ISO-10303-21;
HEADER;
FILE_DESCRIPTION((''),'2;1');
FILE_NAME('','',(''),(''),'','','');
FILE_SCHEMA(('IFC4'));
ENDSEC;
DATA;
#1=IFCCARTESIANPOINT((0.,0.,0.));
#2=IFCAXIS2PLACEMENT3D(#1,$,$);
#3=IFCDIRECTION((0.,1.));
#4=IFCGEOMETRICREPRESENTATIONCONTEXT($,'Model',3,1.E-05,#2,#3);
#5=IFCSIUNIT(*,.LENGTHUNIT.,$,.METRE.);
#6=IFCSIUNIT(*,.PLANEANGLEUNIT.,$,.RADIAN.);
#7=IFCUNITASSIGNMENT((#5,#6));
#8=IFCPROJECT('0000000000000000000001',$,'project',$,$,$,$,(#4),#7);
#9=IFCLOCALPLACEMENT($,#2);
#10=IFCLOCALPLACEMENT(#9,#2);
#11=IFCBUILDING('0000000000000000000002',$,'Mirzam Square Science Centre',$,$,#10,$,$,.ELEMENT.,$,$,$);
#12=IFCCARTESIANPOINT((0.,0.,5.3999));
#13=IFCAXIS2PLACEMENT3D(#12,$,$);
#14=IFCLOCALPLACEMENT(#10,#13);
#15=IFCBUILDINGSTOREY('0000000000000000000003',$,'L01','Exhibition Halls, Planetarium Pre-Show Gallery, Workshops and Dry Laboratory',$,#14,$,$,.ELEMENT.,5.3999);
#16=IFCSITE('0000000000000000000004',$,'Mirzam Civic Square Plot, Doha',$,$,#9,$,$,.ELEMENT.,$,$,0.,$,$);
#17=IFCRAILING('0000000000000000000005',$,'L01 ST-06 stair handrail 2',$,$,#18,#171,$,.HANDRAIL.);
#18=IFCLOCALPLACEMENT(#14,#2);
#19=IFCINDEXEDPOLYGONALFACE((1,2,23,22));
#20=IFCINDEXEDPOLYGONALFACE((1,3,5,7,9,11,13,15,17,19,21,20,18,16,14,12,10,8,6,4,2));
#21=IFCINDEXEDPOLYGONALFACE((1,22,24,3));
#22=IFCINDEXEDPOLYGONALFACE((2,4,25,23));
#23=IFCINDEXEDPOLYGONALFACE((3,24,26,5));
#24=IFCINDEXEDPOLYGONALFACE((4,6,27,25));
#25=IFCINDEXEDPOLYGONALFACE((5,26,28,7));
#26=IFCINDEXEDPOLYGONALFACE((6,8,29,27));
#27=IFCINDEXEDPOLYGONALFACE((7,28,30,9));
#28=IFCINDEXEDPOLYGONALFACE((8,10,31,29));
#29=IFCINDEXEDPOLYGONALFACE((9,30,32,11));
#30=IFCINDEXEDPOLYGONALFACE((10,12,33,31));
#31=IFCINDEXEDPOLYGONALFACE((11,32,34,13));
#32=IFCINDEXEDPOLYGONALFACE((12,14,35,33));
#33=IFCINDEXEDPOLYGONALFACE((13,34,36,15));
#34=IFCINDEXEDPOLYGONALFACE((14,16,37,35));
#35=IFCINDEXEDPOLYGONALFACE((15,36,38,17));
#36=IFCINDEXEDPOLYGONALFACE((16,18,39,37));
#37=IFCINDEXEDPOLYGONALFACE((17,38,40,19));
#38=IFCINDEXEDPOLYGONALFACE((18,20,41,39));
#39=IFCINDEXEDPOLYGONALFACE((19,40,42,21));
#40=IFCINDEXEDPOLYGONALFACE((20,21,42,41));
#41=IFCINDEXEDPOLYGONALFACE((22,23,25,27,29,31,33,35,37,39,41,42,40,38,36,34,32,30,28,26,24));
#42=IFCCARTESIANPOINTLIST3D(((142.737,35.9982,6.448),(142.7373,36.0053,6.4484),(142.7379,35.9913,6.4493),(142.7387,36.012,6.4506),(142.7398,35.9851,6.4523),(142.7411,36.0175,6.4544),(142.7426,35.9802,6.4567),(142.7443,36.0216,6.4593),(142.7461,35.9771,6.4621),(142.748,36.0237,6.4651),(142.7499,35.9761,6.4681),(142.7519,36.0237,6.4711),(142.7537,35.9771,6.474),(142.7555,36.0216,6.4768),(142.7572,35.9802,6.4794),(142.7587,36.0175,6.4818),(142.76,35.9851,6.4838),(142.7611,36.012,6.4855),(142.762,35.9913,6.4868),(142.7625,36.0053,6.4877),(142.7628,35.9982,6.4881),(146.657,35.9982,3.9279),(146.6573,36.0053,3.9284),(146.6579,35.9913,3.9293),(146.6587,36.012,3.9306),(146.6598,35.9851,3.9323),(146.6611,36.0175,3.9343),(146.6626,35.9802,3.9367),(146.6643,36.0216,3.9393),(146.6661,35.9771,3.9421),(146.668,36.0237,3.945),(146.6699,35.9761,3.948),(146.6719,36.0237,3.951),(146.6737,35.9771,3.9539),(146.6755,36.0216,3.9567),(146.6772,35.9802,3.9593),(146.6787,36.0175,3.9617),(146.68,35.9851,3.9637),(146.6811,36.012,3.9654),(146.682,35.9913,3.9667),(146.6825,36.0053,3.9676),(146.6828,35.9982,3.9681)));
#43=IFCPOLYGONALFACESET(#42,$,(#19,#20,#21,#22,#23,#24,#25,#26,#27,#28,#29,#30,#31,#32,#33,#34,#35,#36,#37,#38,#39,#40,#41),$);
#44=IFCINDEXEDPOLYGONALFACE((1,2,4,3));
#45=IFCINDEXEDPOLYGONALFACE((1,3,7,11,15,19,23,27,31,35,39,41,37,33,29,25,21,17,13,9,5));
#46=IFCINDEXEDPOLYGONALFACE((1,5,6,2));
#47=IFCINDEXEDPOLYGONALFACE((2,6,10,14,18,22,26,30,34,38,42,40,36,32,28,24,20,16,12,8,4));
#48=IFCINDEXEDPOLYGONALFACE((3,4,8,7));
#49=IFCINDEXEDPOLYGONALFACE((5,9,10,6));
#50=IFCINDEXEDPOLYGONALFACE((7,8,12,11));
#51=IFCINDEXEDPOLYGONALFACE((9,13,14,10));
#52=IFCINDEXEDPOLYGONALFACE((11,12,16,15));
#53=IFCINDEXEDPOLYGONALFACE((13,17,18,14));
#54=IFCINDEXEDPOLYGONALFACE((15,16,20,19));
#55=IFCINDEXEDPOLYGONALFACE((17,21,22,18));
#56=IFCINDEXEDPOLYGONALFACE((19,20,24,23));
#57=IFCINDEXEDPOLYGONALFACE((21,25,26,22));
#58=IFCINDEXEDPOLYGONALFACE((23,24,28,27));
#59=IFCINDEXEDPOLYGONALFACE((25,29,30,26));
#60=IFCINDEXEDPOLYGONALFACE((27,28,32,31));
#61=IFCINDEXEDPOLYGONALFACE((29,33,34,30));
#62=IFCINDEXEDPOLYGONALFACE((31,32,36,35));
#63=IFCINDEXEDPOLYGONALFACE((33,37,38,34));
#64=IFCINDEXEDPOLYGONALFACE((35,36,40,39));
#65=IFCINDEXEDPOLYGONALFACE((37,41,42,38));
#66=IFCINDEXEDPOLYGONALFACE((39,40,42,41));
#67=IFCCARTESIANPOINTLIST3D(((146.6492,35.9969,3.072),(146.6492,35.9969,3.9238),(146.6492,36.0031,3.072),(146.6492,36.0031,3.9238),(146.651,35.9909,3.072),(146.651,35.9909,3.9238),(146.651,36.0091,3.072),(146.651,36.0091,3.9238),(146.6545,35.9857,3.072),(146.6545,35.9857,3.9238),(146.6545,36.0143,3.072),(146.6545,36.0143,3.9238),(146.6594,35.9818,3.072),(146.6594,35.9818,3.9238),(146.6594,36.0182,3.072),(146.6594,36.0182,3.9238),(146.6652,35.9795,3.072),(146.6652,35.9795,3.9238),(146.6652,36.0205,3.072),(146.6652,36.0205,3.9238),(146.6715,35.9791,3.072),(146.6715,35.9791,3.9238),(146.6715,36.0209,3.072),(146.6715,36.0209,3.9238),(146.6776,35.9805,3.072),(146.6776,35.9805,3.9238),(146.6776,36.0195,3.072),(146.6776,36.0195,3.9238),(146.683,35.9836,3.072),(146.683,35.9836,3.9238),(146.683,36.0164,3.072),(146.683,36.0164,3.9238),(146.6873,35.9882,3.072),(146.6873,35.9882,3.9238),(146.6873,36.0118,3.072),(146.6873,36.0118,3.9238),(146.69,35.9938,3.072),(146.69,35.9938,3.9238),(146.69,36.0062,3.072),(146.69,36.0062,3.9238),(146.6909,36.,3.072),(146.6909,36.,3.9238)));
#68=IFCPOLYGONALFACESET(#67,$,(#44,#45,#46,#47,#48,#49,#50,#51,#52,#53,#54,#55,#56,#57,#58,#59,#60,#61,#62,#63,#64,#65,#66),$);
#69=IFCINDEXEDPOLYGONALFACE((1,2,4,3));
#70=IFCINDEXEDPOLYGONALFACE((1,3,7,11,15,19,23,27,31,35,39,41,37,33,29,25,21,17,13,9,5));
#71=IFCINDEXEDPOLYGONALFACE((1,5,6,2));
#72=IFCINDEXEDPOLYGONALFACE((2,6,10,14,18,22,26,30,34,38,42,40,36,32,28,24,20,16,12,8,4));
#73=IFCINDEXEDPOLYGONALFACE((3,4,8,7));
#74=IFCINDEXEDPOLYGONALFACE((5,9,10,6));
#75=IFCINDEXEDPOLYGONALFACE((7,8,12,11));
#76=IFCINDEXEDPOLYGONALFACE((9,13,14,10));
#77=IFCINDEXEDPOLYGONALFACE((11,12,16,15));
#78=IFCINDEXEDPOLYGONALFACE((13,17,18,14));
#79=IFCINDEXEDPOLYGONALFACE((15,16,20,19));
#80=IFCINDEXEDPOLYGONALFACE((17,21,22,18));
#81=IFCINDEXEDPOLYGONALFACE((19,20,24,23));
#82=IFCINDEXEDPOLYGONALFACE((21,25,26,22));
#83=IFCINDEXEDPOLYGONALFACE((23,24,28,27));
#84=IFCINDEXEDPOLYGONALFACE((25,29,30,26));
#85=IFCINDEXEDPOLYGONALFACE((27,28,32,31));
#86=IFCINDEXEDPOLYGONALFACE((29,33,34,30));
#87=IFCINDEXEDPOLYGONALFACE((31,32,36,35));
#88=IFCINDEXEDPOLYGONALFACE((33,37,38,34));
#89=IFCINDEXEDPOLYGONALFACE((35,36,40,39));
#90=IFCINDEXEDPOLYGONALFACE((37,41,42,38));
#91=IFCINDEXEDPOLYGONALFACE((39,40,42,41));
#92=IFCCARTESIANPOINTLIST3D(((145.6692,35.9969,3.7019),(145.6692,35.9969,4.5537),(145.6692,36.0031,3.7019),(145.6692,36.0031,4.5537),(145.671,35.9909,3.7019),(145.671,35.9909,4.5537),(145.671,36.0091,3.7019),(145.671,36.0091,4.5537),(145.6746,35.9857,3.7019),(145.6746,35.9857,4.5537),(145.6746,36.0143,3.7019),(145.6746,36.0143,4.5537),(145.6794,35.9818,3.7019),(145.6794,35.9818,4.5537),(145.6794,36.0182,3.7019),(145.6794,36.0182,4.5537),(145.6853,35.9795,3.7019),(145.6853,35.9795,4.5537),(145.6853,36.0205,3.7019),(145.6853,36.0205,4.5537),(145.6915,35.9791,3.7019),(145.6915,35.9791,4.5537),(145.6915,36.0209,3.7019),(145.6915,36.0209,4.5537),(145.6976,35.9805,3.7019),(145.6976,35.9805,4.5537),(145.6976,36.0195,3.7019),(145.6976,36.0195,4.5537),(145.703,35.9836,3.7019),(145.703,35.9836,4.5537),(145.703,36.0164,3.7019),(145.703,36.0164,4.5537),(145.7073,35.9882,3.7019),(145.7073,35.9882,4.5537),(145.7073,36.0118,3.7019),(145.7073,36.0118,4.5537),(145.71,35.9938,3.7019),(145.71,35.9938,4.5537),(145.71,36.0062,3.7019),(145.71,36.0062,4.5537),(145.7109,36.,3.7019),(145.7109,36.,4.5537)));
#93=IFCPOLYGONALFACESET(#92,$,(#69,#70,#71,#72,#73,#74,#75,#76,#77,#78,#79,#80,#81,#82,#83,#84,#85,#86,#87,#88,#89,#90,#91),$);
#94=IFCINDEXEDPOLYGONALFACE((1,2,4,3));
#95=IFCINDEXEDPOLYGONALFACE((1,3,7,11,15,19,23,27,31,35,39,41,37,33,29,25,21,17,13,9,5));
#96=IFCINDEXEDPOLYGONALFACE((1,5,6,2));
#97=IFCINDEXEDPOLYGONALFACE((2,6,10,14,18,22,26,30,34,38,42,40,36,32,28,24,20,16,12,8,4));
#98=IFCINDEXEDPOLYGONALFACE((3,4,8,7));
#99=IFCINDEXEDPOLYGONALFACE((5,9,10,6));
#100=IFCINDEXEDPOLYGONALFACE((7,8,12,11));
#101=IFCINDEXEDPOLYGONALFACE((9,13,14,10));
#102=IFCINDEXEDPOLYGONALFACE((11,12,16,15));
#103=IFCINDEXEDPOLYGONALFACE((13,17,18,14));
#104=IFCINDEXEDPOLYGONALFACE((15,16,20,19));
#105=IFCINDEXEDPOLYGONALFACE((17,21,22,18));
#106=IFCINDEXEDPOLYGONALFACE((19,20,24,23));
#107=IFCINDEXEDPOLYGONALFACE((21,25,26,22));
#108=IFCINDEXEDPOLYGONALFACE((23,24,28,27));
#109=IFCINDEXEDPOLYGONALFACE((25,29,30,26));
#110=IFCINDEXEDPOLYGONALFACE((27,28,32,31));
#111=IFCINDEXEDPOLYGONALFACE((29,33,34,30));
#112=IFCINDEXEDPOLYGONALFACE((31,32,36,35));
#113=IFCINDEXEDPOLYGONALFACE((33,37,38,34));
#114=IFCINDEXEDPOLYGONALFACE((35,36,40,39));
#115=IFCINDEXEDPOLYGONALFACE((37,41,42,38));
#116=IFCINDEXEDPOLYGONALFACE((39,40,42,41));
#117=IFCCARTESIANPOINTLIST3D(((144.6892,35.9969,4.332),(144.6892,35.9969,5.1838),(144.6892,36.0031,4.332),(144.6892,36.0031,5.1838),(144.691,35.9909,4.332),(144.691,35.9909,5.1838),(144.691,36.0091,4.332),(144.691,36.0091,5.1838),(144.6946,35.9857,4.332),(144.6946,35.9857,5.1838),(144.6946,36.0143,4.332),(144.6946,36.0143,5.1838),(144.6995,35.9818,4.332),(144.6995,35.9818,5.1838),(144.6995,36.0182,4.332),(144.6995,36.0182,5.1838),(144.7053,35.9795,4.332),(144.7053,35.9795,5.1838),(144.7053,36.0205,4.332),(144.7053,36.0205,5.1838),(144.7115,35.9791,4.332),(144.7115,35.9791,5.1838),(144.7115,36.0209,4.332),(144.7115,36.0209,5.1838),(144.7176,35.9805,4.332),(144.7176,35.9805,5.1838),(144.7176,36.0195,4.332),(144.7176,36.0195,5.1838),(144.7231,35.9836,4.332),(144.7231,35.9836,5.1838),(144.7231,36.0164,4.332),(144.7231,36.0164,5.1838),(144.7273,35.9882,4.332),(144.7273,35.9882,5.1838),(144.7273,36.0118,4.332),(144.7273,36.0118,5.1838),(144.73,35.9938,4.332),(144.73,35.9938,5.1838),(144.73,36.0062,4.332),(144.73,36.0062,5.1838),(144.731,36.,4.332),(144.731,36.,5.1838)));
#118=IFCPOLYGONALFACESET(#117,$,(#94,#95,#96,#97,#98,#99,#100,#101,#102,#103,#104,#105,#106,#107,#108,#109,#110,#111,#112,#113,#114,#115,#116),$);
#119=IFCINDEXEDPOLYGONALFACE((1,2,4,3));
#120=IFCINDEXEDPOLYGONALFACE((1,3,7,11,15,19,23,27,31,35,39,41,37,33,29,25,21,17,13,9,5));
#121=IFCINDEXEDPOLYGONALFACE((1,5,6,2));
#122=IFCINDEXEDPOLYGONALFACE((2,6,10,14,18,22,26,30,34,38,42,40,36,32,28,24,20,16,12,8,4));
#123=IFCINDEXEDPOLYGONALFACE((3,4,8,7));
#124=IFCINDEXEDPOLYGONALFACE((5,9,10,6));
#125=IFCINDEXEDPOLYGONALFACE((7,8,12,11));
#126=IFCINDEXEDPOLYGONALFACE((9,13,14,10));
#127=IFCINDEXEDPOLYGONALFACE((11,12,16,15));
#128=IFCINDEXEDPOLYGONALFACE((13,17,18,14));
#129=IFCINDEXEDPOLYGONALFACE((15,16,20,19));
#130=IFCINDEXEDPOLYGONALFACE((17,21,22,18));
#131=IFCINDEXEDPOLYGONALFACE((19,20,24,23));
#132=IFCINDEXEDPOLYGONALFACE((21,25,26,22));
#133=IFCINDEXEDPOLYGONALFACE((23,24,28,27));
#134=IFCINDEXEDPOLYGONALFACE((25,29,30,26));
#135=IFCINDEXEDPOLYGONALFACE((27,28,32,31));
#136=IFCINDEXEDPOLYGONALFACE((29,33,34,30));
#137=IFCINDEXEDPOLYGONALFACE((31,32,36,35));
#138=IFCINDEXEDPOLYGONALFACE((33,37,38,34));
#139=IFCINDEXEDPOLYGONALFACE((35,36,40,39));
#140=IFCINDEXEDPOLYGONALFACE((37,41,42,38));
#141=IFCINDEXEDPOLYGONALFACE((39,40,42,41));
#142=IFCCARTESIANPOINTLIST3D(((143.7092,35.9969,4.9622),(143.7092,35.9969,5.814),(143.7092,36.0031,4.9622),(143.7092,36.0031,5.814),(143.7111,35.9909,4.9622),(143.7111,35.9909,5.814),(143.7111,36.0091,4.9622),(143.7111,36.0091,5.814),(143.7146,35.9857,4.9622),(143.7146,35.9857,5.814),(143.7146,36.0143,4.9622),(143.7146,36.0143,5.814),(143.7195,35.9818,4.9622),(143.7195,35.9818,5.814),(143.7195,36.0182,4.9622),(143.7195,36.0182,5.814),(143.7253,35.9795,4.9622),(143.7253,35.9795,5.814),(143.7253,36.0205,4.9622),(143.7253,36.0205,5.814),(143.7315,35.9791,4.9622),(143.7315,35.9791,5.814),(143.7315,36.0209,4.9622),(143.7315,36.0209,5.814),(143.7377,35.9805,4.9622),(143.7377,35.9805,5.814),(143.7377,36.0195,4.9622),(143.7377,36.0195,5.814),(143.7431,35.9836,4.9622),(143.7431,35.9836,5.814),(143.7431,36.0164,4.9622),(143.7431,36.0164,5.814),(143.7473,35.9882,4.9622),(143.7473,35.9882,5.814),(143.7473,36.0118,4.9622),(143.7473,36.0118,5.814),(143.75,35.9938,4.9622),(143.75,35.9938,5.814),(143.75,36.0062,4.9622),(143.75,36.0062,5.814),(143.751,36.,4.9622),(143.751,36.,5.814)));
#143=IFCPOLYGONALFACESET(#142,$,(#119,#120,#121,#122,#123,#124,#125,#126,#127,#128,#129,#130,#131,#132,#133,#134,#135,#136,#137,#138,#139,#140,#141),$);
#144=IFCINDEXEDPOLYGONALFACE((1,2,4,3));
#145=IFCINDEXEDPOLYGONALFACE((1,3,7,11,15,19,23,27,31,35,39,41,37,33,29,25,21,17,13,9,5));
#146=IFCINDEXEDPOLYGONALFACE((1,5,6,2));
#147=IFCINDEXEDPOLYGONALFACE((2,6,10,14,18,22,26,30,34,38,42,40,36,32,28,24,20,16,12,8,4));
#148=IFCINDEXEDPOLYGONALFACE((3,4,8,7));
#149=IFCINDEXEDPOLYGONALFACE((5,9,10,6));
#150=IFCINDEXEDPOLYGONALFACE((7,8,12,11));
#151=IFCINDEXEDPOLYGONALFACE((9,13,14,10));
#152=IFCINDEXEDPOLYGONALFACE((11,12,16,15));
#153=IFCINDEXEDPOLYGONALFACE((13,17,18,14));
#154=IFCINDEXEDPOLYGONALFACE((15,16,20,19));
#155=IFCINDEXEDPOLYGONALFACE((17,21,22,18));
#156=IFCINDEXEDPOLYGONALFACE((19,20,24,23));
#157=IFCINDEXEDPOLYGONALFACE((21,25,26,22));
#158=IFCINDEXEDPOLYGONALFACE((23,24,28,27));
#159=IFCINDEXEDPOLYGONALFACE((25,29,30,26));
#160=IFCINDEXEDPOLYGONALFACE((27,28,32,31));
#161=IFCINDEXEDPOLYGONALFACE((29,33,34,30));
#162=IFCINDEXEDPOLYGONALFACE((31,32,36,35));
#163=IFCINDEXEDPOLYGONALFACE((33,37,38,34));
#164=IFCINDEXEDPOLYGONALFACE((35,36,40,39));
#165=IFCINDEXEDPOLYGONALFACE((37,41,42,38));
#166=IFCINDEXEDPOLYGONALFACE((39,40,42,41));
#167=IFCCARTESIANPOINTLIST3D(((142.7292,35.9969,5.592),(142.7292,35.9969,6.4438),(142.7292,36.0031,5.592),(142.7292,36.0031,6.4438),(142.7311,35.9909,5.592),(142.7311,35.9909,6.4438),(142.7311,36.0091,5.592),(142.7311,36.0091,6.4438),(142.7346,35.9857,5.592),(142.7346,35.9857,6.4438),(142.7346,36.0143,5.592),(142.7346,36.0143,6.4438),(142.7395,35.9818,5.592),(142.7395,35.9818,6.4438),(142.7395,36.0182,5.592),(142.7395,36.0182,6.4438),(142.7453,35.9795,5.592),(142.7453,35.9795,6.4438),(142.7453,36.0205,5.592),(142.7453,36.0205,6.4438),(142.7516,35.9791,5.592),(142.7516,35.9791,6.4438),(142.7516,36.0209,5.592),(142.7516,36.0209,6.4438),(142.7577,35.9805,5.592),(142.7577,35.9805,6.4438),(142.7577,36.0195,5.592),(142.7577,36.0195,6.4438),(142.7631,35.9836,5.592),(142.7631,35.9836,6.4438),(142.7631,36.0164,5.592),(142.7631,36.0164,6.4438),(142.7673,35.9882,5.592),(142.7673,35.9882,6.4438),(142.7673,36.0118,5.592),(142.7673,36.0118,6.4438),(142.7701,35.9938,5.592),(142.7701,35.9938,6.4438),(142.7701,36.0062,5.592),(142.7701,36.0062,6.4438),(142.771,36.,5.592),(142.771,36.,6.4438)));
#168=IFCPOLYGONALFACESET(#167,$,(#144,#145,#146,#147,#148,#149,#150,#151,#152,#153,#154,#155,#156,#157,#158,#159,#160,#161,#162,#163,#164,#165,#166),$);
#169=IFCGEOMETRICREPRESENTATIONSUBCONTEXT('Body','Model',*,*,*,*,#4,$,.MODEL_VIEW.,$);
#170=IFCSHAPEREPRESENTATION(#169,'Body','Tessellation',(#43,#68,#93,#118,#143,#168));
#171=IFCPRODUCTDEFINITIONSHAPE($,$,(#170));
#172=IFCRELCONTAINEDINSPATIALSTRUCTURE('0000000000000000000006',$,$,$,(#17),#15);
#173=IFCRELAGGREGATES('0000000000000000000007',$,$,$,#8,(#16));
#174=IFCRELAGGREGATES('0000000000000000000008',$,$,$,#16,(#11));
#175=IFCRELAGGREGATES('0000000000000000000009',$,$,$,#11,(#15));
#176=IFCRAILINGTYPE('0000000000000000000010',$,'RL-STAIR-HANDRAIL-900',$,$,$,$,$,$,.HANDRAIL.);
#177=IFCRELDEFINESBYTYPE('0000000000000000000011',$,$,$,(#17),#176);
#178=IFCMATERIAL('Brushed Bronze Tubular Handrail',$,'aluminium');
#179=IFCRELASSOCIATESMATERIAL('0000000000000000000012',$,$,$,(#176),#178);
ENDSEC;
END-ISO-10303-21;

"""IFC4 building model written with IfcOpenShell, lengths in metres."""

from ifc_helpers import new_model, si_unit, direction, frame, origin, origin_2d, place, context, subcontext, project, spatial, circle, extrude, material, type_object, element, save


model = new_model("IFC4")

# Units and contexts
model_context = context("Model", 3, precision=1e-05, world=origin(), true_north=direction((0.0, 1.0)))
body_context = subcontext(model_context, "Body", "Model", "MODEL_VIEW")
ifc_project = project(units=[si_unit("LENGTHUNIT", "METRE"), si_unit("PLANEANGLEUNIT", "RADIAN")], contexts=[model_context])

# Site, building, storey
site_placement = place(None, origin())
site = spatial("IfcSite", under=ifc_project, at=site_placement, Name="Mirzam Civic Square Plot, Doha", CompositionType="ELEMENT", RefElevation=0.0)
building_placement = place(site_placement, origin())
building = spatial("IfcBuilding", under=site, at=building_placement, Name="Mirzam Square Science Centre", CompositionType="ELEMENT")
storey_placement = place(building_placement, frame((0.0, 0.0, 5.3999)))
storey = spatial("IfcBuildingStorey", under=building, at=storey_placement, Name="L01", Description="Exhibition Halls, Planetarium Pre-Show Gallery, Workshops and Dry Laboratory", CompositionType="ELEMENT", Elevation=5.3999)

# Railing
ifc_material_1 = material(Name="Brushed Bronze Tubular Handrail", Category="aluminium")
railing_type_1 = type_object("IfcRailingType", Name="RL-STAIR-HANDRAIL-900", PredefinedType="HANDRAIL", material=ifc_material_1)
railing_1_placement = place(storey_placement, frame((146.6699, 36.0, 3.072)))
element("IfcRailing", 1, at=railing_1_placement, inside=storey, type_object=railing_type_1, Name="L01 ST-06 stair handrail 2", PredefinedType="HANDRAIL", context=body_context, shape_type="SweptSolid", body=[
    extrude(circle(Radius=0.0239, at=origin_2d()), frame((0.0, 0.0, 0.876), z_axis=(-0.841172, 0.0, 0.540768), x_axis=(0.0, -1.0, 0.0)), (0.0, 0.0, 1.0), 4.6602),
    extrude(circle(Radius=0.021, at=origin_2d()), origin(), (0.0, 0.0, 1.0), 0.8518),
    extrude(circle(Radius=0.021, at=origin_2d()), frame((-0.98, 0.0, 0.6299)), (0.0, 0.0, 1.0), 0.8518),
    extrude(circle(Radius=0.021, at=origin_2d()), frame((-1.96, 0.0, 1.26)), (0.0, 0.0, 1.0), 0.8518),
    extrude(circle(Radius=0.021, at=origin_2d()), frame((-2.9399, 0.0, 1.8901)), (0.0, 0.0, 1.0), 0.8518),
    extrude(circle(Radius=0.021, at=origin_2d()), frame((-3.9199, 0.0, 2.52)), (0.0, 0.0, 1.0), 0.8518),
])

save(model, "model.ifc")
